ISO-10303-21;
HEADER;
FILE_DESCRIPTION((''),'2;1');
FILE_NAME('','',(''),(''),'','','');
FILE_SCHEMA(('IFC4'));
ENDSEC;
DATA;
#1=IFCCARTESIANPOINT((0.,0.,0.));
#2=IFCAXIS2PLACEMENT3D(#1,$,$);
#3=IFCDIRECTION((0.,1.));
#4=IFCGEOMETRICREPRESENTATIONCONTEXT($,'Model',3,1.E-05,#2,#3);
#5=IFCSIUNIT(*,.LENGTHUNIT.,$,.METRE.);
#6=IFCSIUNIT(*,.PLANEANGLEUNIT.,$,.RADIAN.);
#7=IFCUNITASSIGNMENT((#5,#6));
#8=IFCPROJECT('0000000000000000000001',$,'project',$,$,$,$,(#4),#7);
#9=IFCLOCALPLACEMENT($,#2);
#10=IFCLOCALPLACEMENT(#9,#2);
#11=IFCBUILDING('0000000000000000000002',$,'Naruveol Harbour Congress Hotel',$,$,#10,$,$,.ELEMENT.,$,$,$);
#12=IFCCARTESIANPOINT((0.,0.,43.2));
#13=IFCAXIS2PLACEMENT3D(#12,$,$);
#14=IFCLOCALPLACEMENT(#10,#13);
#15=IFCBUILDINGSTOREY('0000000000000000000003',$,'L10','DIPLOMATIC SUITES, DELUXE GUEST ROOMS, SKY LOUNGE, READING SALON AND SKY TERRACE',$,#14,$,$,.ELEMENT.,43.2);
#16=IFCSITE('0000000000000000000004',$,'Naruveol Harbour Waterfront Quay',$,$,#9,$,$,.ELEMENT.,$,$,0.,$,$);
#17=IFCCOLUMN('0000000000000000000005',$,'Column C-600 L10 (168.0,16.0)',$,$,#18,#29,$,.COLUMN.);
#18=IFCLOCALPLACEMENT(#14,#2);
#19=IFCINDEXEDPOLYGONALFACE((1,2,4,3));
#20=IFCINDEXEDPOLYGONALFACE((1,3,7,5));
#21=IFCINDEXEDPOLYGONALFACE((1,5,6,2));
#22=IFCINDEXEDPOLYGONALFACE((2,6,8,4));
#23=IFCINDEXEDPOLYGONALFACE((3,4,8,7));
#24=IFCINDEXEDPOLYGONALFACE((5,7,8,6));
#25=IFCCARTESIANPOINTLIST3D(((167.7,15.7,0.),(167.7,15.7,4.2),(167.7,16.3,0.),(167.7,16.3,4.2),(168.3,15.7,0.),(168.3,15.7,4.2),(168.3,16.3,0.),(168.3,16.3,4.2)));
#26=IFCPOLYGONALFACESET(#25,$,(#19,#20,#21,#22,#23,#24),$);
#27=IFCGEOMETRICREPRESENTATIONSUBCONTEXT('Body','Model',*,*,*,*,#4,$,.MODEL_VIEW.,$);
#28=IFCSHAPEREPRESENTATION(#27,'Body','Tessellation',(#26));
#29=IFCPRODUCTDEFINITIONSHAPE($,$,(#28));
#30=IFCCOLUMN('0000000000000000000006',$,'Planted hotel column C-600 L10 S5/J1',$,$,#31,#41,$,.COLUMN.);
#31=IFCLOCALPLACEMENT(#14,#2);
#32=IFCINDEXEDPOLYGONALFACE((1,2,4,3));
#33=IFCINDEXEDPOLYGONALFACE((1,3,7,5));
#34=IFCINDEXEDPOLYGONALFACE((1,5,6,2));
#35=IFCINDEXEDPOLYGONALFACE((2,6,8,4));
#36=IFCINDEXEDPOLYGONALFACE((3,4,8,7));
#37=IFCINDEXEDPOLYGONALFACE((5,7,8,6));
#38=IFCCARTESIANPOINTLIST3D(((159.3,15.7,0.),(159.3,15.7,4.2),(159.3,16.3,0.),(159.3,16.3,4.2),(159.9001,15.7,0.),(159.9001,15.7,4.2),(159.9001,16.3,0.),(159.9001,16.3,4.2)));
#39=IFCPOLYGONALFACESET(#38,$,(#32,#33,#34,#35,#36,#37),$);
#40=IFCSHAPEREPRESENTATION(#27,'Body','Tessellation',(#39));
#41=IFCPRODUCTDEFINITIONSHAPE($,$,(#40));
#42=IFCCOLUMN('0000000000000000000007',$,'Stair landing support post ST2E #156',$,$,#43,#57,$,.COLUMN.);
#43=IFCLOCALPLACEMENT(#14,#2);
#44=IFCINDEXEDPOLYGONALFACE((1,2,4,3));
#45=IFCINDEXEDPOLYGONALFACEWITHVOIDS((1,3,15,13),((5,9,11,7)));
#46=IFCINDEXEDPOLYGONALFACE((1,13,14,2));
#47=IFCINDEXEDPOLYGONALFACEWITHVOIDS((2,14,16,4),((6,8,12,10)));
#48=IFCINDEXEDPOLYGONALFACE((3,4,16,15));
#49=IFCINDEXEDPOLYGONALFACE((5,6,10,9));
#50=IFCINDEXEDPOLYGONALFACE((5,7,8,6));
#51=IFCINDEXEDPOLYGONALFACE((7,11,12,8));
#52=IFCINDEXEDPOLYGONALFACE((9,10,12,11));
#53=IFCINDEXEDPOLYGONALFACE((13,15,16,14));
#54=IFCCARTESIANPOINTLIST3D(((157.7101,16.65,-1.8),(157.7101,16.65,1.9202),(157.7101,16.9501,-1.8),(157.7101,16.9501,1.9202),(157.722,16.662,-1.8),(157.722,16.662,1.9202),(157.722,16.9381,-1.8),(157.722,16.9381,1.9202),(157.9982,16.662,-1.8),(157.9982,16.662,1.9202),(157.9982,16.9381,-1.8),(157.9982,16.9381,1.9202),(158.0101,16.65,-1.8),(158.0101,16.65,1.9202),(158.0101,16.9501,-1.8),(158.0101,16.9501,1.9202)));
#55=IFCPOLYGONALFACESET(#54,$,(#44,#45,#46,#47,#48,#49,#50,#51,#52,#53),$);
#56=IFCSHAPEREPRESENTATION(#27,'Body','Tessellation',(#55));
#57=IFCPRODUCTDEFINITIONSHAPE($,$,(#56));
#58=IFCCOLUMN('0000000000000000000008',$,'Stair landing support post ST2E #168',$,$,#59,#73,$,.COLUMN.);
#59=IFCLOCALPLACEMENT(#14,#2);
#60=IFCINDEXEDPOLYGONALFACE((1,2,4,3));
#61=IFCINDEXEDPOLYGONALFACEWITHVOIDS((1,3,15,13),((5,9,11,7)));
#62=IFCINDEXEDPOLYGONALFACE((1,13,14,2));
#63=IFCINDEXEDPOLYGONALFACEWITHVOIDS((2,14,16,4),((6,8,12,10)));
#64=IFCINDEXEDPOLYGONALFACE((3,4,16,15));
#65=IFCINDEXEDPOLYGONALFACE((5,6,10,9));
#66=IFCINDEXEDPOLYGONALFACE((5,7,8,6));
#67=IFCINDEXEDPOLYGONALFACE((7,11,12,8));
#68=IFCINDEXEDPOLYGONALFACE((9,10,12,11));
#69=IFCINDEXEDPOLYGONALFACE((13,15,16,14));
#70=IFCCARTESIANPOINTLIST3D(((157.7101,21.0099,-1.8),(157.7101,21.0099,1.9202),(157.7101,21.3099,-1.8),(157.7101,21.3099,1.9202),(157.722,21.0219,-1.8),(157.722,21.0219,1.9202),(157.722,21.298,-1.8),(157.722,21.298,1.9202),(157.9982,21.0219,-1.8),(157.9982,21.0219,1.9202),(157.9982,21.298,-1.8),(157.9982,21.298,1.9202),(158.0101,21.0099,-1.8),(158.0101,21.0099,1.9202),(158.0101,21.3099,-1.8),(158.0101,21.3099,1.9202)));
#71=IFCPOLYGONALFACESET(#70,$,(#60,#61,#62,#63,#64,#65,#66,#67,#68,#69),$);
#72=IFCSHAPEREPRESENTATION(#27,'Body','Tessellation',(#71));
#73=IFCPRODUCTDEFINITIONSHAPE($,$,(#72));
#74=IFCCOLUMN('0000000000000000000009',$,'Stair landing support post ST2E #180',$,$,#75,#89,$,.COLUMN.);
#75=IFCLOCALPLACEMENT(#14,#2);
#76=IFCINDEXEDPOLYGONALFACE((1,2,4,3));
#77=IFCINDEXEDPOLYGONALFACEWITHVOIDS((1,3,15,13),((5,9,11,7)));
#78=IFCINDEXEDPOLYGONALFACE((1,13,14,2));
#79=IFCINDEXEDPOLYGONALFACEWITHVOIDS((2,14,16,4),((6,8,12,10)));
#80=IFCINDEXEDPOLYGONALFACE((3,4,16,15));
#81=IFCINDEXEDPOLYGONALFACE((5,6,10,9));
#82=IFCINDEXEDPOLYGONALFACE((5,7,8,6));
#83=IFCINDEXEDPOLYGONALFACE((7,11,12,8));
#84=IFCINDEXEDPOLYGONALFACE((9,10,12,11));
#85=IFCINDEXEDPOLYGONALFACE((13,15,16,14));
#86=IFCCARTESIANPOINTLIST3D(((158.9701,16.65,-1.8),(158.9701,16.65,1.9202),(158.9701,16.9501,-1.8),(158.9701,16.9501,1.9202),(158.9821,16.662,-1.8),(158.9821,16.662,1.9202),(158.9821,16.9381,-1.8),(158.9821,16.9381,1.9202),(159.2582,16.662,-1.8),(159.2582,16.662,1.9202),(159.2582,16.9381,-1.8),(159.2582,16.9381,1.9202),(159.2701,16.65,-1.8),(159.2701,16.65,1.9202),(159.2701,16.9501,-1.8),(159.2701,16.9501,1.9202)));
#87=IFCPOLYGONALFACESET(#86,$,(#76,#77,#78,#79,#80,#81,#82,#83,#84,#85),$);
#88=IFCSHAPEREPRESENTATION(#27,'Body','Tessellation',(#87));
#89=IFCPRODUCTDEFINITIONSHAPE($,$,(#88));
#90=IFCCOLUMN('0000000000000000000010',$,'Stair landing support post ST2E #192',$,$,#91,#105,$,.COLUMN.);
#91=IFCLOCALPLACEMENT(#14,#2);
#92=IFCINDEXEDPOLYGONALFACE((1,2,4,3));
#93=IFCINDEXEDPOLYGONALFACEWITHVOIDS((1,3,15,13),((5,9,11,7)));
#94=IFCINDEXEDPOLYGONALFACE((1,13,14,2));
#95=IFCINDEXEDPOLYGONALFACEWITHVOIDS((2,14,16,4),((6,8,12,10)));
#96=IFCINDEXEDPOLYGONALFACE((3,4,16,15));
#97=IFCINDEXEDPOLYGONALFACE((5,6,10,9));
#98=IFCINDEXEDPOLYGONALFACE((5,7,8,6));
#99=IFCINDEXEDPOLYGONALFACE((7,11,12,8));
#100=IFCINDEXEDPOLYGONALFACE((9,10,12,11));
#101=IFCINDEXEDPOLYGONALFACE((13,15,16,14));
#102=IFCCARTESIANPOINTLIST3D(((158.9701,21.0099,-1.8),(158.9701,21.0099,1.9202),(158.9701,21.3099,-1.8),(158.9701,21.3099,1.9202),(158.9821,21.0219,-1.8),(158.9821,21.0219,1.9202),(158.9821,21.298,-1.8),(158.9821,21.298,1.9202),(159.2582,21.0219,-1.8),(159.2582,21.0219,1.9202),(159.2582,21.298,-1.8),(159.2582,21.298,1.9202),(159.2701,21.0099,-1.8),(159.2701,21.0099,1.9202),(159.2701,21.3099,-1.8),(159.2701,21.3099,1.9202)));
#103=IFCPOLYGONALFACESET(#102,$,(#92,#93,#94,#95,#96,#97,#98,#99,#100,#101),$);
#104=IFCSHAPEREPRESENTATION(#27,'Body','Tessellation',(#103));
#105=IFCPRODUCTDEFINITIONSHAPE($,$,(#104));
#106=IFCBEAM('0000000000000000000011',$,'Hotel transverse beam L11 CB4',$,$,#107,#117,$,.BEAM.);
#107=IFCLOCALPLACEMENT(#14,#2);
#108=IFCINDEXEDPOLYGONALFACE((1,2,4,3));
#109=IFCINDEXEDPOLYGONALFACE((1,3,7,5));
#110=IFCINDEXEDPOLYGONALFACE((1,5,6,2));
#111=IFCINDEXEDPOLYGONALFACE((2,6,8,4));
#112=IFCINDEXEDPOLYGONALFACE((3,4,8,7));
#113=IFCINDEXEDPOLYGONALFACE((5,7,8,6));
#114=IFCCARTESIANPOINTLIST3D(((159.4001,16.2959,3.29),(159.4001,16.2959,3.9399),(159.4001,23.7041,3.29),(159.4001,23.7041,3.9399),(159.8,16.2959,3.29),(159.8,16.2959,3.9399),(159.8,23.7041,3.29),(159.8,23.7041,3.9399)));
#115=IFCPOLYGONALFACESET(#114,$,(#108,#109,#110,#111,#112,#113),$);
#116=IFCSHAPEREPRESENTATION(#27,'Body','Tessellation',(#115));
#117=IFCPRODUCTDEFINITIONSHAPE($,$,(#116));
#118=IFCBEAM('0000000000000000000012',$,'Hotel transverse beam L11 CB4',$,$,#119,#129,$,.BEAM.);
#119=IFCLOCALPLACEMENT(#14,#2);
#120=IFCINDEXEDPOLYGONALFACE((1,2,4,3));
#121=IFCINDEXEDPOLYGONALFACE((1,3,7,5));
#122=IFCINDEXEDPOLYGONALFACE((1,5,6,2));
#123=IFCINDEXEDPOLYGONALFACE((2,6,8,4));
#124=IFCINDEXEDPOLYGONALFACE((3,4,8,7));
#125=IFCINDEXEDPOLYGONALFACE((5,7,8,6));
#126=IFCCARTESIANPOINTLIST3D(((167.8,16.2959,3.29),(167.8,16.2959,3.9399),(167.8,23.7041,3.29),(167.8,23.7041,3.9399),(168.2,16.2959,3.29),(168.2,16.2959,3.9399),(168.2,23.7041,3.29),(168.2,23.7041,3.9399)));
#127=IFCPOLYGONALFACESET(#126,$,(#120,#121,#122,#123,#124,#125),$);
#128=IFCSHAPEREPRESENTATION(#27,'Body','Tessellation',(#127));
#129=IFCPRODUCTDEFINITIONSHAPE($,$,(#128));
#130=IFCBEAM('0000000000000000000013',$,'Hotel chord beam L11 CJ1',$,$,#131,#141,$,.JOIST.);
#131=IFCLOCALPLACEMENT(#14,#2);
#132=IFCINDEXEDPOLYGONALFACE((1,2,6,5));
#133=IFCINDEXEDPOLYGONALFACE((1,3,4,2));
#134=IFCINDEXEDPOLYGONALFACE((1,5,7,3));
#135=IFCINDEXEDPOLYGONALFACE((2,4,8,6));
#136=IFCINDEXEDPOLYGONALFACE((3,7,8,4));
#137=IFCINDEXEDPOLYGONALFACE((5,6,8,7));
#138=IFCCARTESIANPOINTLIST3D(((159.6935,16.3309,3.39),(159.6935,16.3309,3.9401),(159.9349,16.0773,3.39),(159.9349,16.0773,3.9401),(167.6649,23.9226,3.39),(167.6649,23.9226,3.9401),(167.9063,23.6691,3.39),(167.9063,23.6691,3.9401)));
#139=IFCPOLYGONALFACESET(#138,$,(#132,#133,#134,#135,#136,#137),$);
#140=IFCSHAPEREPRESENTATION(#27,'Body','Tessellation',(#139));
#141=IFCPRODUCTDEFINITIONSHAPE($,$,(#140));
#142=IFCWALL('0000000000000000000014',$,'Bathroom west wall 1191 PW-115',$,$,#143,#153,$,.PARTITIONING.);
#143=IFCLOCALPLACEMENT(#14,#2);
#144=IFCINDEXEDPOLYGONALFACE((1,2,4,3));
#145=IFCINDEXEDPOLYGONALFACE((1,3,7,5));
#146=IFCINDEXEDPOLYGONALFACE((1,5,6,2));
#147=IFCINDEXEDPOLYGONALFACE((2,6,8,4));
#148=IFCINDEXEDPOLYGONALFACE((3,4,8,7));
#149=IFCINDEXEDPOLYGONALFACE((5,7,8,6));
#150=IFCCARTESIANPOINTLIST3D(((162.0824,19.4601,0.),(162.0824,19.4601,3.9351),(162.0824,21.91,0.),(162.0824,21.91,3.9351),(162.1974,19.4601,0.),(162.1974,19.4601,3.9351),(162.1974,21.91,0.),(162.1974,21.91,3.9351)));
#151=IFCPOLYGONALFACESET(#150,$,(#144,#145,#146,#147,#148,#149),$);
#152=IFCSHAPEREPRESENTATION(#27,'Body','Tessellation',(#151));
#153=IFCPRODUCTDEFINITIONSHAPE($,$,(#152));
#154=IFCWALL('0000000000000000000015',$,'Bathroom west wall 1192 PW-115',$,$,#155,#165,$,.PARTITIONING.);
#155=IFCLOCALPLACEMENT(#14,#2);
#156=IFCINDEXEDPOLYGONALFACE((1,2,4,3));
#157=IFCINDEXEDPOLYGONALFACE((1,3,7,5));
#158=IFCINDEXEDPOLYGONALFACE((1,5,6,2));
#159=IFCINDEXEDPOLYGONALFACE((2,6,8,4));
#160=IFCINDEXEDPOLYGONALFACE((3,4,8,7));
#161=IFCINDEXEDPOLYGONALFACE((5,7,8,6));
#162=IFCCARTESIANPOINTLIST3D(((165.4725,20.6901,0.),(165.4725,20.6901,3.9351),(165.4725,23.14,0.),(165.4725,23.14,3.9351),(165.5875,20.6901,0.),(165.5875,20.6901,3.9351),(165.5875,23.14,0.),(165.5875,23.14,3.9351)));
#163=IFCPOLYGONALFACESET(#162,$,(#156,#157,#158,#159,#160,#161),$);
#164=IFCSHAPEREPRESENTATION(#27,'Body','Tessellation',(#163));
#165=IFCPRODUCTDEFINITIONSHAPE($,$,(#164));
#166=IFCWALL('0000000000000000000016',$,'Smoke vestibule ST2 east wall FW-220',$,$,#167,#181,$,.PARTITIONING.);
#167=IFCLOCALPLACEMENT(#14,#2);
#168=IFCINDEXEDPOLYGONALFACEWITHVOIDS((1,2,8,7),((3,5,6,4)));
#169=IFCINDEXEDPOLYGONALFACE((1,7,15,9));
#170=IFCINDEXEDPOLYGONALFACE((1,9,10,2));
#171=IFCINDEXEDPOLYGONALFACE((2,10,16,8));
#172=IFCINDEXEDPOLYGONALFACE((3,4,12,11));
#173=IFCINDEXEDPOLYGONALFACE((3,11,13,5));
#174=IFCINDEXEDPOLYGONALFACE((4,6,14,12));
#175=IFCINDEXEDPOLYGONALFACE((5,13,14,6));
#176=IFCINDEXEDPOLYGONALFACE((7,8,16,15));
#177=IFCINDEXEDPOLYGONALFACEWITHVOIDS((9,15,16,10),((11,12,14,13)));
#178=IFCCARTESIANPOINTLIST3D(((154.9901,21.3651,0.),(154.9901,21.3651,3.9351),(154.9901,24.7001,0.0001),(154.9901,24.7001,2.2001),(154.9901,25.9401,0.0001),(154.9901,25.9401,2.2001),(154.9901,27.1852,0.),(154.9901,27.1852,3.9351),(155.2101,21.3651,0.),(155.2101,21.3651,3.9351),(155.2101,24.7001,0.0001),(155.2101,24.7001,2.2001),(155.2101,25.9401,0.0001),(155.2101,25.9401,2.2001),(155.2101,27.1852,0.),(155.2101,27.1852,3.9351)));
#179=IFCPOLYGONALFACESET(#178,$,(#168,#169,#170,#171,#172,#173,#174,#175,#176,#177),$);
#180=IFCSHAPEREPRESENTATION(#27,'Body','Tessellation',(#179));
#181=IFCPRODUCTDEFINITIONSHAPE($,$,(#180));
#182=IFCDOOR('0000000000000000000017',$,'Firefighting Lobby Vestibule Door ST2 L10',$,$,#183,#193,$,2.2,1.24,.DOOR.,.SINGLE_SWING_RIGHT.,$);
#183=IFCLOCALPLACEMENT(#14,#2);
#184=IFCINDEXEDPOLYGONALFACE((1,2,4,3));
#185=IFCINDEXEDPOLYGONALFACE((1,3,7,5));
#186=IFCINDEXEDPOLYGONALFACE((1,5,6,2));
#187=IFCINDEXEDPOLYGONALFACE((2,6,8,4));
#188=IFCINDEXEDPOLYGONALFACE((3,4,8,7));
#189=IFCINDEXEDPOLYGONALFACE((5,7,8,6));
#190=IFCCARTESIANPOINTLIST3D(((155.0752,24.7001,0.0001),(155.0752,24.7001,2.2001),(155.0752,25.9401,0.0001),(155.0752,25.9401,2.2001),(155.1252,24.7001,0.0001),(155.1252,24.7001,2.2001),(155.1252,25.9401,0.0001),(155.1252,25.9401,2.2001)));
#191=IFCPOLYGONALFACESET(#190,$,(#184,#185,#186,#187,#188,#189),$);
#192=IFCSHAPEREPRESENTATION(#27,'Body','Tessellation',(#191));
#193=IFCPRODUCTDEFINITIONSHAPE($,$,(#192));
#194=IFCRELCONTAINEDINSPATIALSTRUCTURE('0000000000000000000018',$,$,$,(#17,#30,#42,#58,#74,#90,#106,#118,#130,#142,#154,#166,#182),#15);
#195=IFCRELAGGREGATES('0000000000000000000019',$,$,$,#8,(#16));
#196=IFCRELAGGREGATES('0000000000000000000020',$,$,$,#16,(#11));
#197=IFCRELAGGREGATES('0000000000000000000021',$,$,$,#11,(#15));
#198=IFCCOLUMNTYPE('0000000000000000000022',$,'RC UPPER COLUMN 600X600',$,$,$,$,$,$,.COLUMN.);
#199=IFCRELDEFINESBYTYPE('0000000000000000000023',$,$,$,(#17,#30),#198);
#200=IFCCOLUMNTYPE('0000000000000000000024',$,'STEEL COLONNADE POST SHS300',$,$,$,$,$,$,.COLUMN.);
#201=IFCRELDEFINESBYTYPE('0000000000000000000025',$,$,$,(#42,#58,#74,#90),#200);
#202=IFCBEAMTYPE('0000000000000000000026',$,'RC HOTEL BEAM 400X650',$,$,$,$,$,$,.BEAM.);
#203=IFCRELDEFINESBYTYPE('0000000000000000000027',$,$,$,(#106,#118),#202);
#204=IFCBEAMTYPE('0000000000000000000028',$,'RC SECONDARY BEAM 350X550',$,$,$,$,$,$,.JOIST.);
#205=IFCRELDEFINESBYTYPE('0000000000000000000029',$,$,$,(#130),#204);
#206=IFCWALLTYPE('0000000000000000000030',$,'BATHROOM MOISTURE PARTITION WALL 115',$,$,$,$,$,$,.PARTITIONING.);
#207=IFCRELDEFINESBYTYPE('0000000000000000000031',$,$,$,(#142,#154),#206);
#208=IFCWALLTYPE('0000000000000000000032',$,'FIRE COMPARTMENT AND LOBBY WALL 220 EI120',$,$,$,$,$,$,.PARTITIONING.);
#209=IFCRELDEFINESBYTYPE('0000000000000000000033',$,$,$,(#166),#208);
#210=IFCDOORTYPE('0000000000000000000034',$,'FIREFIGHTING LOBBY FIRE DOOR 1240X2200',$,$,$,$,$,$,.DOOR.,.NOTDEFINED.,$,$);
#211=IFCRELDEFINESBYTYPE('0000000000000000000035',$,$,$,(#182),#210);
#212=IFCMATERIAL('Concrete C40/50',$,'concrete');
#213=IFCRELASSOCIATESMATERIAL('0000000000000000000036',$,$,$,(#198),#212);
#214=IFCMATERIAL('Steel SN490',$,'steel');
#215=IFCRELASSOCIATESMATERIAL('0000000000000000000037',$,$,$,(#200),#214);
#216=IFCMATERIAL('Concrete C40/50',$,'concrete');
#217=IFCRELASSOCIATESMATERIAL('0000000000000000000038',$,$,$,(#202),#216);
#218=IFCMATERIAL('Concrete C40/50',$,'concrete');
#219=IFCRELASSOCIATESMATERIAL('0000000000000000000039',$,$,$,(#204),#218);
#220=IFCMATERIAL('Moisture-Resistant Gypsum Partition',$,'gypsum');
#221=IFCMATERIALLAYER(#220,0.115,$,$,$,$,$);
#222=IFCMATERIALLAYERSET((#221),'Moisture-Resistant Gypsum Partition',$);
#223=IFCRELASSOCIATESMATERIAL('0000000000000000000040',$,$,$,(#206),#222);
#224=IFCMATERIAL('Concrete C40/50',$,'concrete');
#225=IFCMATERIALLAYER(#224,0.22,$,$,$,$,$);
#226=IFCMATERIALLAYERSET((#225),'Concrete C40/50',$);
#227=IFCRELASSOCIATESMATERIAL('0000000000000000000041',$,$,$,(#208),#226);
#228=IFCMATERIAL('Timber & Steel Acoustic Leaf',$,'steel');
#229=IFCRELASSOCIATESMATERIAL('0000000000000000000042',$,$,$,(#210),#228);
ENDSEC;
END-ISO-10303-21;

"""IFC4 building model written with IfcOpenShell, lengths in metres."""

from ifc_helpers import new_model, si_unit, direction, frame, frame_2d, origin, origin_2d, place, context, subcontext, project, spatial, rectangle, hollow_rectangle, extrude, material, layer, layer_set, material_profile, profile_set, type_object, element, fill, save


model = new_model("IFC4")

# Units and contexts
model_context = context("Model", 3, precision=1e-05, world=origin(), true_north=direction((0.0, 1.0)))
body_context = subcontext(model_context, "Body", "Model", "MODEL_VIEW")
ifc_project = project(units=[si_unit("LENGTHUNIT", "METRE"), si_unit("PLANEANGLEUNIT", "RADIAN")], contexts=[model_context])

# Site, building, storey
site_placement = place(None, origin())
site = spatial("IfcSite", under=ifc_project, at=site_placement, Name="Naruveol Harbour Waterfront Quay", CompositionType="ELEMENT", RefElevation=0.0)
building_placement = place(site_placement, origin())
building = spatial("IfcBuilding", under=site, at=building_placement, Name="Naruveol Harbour Congress Hotel", CompositionType="ELEMENT")
storey_placement = place(building_placement, frame((0.0, 0.0, 43.2)))
storey = spatial("IfcBuildingStorey", under=building, at=storey_placement, Name="L10", Description="DIPLOMATIC SUITES, DELUXE GUEST ROOMS, SKY LOUNGE, READING SALON AND SKY TERRACE", CompositionType="ELEMENT", Elevation=43.2)

# Columns
ifc_material_1 = material(Name="Concrete C40/50", Category="concrete")
ifc_material_profile_1 = material_profile(ifc_material_1, rectangle(XDim=0.6001, YDim=0.6001, at=origin_2d()), Name="RC-600x600")
ifc_profile_set_1 = profile_set([ifc_material_profile_1], Name="Concrete C40/50")
column_type_1 = type_object("IfcColumnType", Name="RC UPPER COLUMN 600X600", PredefinedType="COLUMN", material=ifc_profile_set_1)
for number, where, z_axis, x_axis, name in (
    (1, (168.0, 16.0, 0.0), (0.0, 0.0, 1.0), (1.0, 0.0, 0.0), "Column C-600 L10 (168.0,16.0)"),
    (2, (159.6001, 16.0, 0.0), (0.0, 0.0, 1.0), (1.0, 0.0, 0.0), "Planted hotel column C-600 L10 S5/J1"),
):
    element("IfcColumn", number, at=place(storey_placement, frame(where, z_axis=z_axis, x_axis=x_axis)), inside=storey, type_object=column_type_1, Name=name, PredefinedType="COLUMN", context=body_context, shape_type="SweptSolid", body=[
        extrude(rectangle(XDim=0.6001, YDim=0.6001, at=origin_2d()), origin(), (0.0, 0.0, 1.0), 4.2),
    ])
ifc_material_2 = material(Name="Steel SN490", Category="steel")
ifc_material_profile_2 = material_profile(ifc_material_2, hollow_rectangle(XDim=0.3, YDim=0.3, WallThickness=0.012, at=origin_2d()), Name="SHS-300x300x12")
ifc_profile_set_2 = profile_set([ifc_material_profile_2], Name="Steel SN490")
column_type_2 = type_object("IfcColumnType", Name="STEEL COLONNADE POST SHS300", PredefinedType="COLUMN", material=ifc_profile_set_2)
for number, where, z_axis, x_axis, name in (
    (3, (157.8601, 16.8, -1.8), (0.0, 0.0, 1.0), (1.0, 0.0, 0.0), "Stair landing support post ST2E #156"),
    (4, (157.8601, 21.1599, -1.8), (0.0, 0.0, 1.0), (1.0, 0.0, 0.0), "Stair landing support post ST2E #168"),
    (5, (159.1201, 16.8, -1.8), (0.0, 0.0, 1.0), (1.0, 0.0, 0.0), "Stair landing support post ST2E #180"),
    (6, (159.1201, 21.1599, -1.8), (0.0, 0.0, 1.0), (1.0, 0.0, 0.0), "Stair landing support post ST2E #192"),
):
    element("IfcColumn", number, at=place(storey_placement, frame(where, z_axis=z_axis, x_axis=x_axis)), inside=storey, type_object=column_type_2, Name=name, PredefinedType="COLUMN", context=body_context, shape_type="SweptSolid", body=[
        extrude(hollow_rectangle(XDim=0.3, YDim=0.3, WallThickness=0.012, at=origin_2d()), origin(), (0.0, 0.0, 1.0), 3.7202),
    ])

# Beams
ifc_material_3 = material(Name="Concrete C40/50", Category="concrete")
ifc_material_profile_3 = material_profile(ifc_material_3, rectangle(XDim=0.3999, YDim=0.6499, at=origin_2d()), Name="RCB-400x650")
ifc_profile_set_3 = profile_set([ifc_material_profile_3], Name="Concrete C40/50")
beam_type_1 = type_object("IfcBeamType", Name="RC HOTEL BEAM 400X650", PredefinedType="BEAM", material=ifc_profile_set_3)
for number, where, z_axis, x_axis, name in (
    (7, (159.6001, 16.2959, 3.615), (0.0, 1.0, 0.0), (-1.0, 0.0, 0.0), "Hotel transverse beam L11 CB4"),
    (8, (168.0, 16.2959, 3.615), (0.0, 1.0, 0.0), (-1.0, 0.0, 0.0), "Hotel transverse beam L11 CB4"),
):
    element("IfcBeam", number, at=place(storey_placement, frame(where, z_axis=z_axis, x_axis=x_axis)), inside=storey, type_object=beam_type_1, Name=name, PredefinedType="BEAM", context=body_context, shape_type="SweptSolid", body=[
        extrude(rectangle(XDim=0.3999, YDim=0.6499, at=origin_2d()), origin(), (0.0, 0.0, 1.0), 7.4082),
    ])
ifc_material_4 = material(Name="Concrete C40/50", Category="concrete")
ifc_material_profile_4 = material_profile(ifc_material_4, rectangle(XDim=0.3501, YDim=0.55, at=origin_2d()), Name="RCB-350x550")
ifc_profile_set_4 = profile_set([ifc_material_profile_4], Name="Concrete C40/50")
beam_type_2 = type_object("IfcBeamType", Name="RC SECONDARY BEAM 350X550", PredefinedType="JOIST", material=ifc_profile_set_4)
beam_placement = place(storey_placement, frame((159.8142, 16.2041, 3.665), z_axis=(0.72414, 0.689653, 0.0), x_axis=(-0.689653, 0.72414, 0.0)))
element("IfcBeam", 9, at=beam_placement, inside=storey, type_object=beam_type_2, Name="Hotel chord beam L11 CJ1", PredefinedType="JOIST", context=body_context, shape_type="SweptSolid", body=[
    extrude(rectangle(XDim=0.3501, YDim=0.55, at=origin_2d()), origin(), (0.0, 0.0, 1.0), 11.0081),
])

# Wall
ifc_material_5 = material(Name="Moisture-Resistant Gypsum Partition", Category="gypsum")
ifc_layer_1 = layer(ifc_material_5, 0.115)
ifc_layer_set_1 = layer_set([ifc_layer_1], Name="Moisture-Resistant Gypsum Partition")
wall_type_1 = type_object("IfcWallType", Name="BATHROOM MOISTURE PARTITION WALL 115", PredefinedType="PARTITIONING", material=ifc_layer_set_1)
wall_1_placement = place(storey_placement, frame((162.1399, 19.46, 0.0), z_axis=(0.0, 0.0, 1.0), x_axis=(0.0, 1.0, 0.0)))
element("IfcWall", 10, at=wall_1_placement, inside=storey, type_object=wall_type_1, Name="Bathroom west wall 1191 PW-115", PredefinedType="PARTITIONING", context=body_context, shape_type="SweptSolid", body=[
    extrude(rectangle(XDim=2.45, YDim=0.115, at=frame_2d((1.2251, 0.0))), origin(), (0.0, 0.0, 1.0), 3.9351),
])

# Wall
wall_2_placement = place(storey_placement, frame((165.53, 20.6899, 0.0), z_axis=(0.0, 0.0, 1.0), x_axis=(0.0, 1.0, 0.0)))
element("IfcWall", 11, at=wall_2_placement, inside=storey, type_object=wall_type_1, Name="Bathroom west wall 1192 PW-115", PredefinedType="PARTITIONING", context=body_context, shape_type="SweptSolid", body=[
    extrude(rectangle(XDim=2.45, YDim=0.115, at=frame_2d((1.2251, 0.0))), origin(), (0.0, 0.0, 1.0), 3.9351),
])

# Wall, opening, door
ifc_material_6 = material(Name="Concrete C40/50", Category="concrete")
ifc_layer_2 = layer(ifc_material_6, 0.22)
ifc_layer_set_2 = layer_set([ifc_layer_2], Name="Concrete C40/50")
wall_type_2 = type_object("IfcWallType", Name="FIRE COMPARTMENT AND LOBBY WALL 220 EI120", PredefinedType="PARTITIONING", material=ifc_layer_set_2)
wall_3_placement = place(storey_placement, frame((155.1001, 21.365, 0.0), z_axis=(0.0, 0.0, 1.0), x_axis=(0.0, 1.0, 0.0)))
wall_3 = element("IfcWall", 12, at=wall_3_placement, inside=storey, type_object=wall_type_2, Name="Smoke vestibule ST2 east wall FW-220", PredefinedType="PARTITIONING", context=body_context, shape_type="SweptSolid", body=[
    extrude(rectangle(XDim=5.8201, YDim=0.22, at=frame_2d((2.9102, 0.0))), origin(), (0.0, 0.0, 1.0), 3.9351),
])
opening_1_placement = place(wall_3_placement, frame((3.335, 0.0, 0.0)))
opening_1 = element("IfcOpeningElement", 13, at=opening_1_placement, cuts=wall_3, PredefinedType="OPENING", context=body_context, shape_type="SweptSolid", body=[
    extrude(rectangle(XDim=1.24, YDim=2.2, at=frame_2d((0.6201, 1.1001))), frame((0.0, 0.1199, 0.0), z_axis=(0.0, -1.0, 0.0), x_axis=(1.0, 0.0, 0.0)), (0.0, 0.0, 1.0), 0.24),
])
ifc_material_7 = material(Name="Timber & Steel Acoustic Leaf", Category="steel")
door_type_1 = type_object("IfcDoorType", Name="FIREFIGHTING LOBBY FIRE DOOR 1240X2200", OperationType="NOTDEFINED", PredefinedType="DOOR", material=ifc_material_7)
door_1_placement = place(opening_1_placement, origin())
door_1 = element("IfcDoor", 14, at=door_1_placement, inside=storey, type_object=door_type_1, Name="Firefighting Lobby Vestibule Door ST2 L10", OperationType="SINGLE_SWING_RIGHT", OverallHeight=2.2, OverallWidth=1.24, PredefinedType="DOOR", context=body_context, shape_type="SweptSolid", body=[
    extrude(rectangle(XDim=1.24, YDim=2.2, at=frame_2d((0.6201, 1.1001))), frame((0.0, 0.0249, 0.0), z_axis=(0.0, -1.0, 0.0), x_axis=(1.0, 0.0, 0.0)), (0.0, 0.0, 1.0), 0.05),
])
fill(opening_1, door_1)

save(model, "model.ifc")
